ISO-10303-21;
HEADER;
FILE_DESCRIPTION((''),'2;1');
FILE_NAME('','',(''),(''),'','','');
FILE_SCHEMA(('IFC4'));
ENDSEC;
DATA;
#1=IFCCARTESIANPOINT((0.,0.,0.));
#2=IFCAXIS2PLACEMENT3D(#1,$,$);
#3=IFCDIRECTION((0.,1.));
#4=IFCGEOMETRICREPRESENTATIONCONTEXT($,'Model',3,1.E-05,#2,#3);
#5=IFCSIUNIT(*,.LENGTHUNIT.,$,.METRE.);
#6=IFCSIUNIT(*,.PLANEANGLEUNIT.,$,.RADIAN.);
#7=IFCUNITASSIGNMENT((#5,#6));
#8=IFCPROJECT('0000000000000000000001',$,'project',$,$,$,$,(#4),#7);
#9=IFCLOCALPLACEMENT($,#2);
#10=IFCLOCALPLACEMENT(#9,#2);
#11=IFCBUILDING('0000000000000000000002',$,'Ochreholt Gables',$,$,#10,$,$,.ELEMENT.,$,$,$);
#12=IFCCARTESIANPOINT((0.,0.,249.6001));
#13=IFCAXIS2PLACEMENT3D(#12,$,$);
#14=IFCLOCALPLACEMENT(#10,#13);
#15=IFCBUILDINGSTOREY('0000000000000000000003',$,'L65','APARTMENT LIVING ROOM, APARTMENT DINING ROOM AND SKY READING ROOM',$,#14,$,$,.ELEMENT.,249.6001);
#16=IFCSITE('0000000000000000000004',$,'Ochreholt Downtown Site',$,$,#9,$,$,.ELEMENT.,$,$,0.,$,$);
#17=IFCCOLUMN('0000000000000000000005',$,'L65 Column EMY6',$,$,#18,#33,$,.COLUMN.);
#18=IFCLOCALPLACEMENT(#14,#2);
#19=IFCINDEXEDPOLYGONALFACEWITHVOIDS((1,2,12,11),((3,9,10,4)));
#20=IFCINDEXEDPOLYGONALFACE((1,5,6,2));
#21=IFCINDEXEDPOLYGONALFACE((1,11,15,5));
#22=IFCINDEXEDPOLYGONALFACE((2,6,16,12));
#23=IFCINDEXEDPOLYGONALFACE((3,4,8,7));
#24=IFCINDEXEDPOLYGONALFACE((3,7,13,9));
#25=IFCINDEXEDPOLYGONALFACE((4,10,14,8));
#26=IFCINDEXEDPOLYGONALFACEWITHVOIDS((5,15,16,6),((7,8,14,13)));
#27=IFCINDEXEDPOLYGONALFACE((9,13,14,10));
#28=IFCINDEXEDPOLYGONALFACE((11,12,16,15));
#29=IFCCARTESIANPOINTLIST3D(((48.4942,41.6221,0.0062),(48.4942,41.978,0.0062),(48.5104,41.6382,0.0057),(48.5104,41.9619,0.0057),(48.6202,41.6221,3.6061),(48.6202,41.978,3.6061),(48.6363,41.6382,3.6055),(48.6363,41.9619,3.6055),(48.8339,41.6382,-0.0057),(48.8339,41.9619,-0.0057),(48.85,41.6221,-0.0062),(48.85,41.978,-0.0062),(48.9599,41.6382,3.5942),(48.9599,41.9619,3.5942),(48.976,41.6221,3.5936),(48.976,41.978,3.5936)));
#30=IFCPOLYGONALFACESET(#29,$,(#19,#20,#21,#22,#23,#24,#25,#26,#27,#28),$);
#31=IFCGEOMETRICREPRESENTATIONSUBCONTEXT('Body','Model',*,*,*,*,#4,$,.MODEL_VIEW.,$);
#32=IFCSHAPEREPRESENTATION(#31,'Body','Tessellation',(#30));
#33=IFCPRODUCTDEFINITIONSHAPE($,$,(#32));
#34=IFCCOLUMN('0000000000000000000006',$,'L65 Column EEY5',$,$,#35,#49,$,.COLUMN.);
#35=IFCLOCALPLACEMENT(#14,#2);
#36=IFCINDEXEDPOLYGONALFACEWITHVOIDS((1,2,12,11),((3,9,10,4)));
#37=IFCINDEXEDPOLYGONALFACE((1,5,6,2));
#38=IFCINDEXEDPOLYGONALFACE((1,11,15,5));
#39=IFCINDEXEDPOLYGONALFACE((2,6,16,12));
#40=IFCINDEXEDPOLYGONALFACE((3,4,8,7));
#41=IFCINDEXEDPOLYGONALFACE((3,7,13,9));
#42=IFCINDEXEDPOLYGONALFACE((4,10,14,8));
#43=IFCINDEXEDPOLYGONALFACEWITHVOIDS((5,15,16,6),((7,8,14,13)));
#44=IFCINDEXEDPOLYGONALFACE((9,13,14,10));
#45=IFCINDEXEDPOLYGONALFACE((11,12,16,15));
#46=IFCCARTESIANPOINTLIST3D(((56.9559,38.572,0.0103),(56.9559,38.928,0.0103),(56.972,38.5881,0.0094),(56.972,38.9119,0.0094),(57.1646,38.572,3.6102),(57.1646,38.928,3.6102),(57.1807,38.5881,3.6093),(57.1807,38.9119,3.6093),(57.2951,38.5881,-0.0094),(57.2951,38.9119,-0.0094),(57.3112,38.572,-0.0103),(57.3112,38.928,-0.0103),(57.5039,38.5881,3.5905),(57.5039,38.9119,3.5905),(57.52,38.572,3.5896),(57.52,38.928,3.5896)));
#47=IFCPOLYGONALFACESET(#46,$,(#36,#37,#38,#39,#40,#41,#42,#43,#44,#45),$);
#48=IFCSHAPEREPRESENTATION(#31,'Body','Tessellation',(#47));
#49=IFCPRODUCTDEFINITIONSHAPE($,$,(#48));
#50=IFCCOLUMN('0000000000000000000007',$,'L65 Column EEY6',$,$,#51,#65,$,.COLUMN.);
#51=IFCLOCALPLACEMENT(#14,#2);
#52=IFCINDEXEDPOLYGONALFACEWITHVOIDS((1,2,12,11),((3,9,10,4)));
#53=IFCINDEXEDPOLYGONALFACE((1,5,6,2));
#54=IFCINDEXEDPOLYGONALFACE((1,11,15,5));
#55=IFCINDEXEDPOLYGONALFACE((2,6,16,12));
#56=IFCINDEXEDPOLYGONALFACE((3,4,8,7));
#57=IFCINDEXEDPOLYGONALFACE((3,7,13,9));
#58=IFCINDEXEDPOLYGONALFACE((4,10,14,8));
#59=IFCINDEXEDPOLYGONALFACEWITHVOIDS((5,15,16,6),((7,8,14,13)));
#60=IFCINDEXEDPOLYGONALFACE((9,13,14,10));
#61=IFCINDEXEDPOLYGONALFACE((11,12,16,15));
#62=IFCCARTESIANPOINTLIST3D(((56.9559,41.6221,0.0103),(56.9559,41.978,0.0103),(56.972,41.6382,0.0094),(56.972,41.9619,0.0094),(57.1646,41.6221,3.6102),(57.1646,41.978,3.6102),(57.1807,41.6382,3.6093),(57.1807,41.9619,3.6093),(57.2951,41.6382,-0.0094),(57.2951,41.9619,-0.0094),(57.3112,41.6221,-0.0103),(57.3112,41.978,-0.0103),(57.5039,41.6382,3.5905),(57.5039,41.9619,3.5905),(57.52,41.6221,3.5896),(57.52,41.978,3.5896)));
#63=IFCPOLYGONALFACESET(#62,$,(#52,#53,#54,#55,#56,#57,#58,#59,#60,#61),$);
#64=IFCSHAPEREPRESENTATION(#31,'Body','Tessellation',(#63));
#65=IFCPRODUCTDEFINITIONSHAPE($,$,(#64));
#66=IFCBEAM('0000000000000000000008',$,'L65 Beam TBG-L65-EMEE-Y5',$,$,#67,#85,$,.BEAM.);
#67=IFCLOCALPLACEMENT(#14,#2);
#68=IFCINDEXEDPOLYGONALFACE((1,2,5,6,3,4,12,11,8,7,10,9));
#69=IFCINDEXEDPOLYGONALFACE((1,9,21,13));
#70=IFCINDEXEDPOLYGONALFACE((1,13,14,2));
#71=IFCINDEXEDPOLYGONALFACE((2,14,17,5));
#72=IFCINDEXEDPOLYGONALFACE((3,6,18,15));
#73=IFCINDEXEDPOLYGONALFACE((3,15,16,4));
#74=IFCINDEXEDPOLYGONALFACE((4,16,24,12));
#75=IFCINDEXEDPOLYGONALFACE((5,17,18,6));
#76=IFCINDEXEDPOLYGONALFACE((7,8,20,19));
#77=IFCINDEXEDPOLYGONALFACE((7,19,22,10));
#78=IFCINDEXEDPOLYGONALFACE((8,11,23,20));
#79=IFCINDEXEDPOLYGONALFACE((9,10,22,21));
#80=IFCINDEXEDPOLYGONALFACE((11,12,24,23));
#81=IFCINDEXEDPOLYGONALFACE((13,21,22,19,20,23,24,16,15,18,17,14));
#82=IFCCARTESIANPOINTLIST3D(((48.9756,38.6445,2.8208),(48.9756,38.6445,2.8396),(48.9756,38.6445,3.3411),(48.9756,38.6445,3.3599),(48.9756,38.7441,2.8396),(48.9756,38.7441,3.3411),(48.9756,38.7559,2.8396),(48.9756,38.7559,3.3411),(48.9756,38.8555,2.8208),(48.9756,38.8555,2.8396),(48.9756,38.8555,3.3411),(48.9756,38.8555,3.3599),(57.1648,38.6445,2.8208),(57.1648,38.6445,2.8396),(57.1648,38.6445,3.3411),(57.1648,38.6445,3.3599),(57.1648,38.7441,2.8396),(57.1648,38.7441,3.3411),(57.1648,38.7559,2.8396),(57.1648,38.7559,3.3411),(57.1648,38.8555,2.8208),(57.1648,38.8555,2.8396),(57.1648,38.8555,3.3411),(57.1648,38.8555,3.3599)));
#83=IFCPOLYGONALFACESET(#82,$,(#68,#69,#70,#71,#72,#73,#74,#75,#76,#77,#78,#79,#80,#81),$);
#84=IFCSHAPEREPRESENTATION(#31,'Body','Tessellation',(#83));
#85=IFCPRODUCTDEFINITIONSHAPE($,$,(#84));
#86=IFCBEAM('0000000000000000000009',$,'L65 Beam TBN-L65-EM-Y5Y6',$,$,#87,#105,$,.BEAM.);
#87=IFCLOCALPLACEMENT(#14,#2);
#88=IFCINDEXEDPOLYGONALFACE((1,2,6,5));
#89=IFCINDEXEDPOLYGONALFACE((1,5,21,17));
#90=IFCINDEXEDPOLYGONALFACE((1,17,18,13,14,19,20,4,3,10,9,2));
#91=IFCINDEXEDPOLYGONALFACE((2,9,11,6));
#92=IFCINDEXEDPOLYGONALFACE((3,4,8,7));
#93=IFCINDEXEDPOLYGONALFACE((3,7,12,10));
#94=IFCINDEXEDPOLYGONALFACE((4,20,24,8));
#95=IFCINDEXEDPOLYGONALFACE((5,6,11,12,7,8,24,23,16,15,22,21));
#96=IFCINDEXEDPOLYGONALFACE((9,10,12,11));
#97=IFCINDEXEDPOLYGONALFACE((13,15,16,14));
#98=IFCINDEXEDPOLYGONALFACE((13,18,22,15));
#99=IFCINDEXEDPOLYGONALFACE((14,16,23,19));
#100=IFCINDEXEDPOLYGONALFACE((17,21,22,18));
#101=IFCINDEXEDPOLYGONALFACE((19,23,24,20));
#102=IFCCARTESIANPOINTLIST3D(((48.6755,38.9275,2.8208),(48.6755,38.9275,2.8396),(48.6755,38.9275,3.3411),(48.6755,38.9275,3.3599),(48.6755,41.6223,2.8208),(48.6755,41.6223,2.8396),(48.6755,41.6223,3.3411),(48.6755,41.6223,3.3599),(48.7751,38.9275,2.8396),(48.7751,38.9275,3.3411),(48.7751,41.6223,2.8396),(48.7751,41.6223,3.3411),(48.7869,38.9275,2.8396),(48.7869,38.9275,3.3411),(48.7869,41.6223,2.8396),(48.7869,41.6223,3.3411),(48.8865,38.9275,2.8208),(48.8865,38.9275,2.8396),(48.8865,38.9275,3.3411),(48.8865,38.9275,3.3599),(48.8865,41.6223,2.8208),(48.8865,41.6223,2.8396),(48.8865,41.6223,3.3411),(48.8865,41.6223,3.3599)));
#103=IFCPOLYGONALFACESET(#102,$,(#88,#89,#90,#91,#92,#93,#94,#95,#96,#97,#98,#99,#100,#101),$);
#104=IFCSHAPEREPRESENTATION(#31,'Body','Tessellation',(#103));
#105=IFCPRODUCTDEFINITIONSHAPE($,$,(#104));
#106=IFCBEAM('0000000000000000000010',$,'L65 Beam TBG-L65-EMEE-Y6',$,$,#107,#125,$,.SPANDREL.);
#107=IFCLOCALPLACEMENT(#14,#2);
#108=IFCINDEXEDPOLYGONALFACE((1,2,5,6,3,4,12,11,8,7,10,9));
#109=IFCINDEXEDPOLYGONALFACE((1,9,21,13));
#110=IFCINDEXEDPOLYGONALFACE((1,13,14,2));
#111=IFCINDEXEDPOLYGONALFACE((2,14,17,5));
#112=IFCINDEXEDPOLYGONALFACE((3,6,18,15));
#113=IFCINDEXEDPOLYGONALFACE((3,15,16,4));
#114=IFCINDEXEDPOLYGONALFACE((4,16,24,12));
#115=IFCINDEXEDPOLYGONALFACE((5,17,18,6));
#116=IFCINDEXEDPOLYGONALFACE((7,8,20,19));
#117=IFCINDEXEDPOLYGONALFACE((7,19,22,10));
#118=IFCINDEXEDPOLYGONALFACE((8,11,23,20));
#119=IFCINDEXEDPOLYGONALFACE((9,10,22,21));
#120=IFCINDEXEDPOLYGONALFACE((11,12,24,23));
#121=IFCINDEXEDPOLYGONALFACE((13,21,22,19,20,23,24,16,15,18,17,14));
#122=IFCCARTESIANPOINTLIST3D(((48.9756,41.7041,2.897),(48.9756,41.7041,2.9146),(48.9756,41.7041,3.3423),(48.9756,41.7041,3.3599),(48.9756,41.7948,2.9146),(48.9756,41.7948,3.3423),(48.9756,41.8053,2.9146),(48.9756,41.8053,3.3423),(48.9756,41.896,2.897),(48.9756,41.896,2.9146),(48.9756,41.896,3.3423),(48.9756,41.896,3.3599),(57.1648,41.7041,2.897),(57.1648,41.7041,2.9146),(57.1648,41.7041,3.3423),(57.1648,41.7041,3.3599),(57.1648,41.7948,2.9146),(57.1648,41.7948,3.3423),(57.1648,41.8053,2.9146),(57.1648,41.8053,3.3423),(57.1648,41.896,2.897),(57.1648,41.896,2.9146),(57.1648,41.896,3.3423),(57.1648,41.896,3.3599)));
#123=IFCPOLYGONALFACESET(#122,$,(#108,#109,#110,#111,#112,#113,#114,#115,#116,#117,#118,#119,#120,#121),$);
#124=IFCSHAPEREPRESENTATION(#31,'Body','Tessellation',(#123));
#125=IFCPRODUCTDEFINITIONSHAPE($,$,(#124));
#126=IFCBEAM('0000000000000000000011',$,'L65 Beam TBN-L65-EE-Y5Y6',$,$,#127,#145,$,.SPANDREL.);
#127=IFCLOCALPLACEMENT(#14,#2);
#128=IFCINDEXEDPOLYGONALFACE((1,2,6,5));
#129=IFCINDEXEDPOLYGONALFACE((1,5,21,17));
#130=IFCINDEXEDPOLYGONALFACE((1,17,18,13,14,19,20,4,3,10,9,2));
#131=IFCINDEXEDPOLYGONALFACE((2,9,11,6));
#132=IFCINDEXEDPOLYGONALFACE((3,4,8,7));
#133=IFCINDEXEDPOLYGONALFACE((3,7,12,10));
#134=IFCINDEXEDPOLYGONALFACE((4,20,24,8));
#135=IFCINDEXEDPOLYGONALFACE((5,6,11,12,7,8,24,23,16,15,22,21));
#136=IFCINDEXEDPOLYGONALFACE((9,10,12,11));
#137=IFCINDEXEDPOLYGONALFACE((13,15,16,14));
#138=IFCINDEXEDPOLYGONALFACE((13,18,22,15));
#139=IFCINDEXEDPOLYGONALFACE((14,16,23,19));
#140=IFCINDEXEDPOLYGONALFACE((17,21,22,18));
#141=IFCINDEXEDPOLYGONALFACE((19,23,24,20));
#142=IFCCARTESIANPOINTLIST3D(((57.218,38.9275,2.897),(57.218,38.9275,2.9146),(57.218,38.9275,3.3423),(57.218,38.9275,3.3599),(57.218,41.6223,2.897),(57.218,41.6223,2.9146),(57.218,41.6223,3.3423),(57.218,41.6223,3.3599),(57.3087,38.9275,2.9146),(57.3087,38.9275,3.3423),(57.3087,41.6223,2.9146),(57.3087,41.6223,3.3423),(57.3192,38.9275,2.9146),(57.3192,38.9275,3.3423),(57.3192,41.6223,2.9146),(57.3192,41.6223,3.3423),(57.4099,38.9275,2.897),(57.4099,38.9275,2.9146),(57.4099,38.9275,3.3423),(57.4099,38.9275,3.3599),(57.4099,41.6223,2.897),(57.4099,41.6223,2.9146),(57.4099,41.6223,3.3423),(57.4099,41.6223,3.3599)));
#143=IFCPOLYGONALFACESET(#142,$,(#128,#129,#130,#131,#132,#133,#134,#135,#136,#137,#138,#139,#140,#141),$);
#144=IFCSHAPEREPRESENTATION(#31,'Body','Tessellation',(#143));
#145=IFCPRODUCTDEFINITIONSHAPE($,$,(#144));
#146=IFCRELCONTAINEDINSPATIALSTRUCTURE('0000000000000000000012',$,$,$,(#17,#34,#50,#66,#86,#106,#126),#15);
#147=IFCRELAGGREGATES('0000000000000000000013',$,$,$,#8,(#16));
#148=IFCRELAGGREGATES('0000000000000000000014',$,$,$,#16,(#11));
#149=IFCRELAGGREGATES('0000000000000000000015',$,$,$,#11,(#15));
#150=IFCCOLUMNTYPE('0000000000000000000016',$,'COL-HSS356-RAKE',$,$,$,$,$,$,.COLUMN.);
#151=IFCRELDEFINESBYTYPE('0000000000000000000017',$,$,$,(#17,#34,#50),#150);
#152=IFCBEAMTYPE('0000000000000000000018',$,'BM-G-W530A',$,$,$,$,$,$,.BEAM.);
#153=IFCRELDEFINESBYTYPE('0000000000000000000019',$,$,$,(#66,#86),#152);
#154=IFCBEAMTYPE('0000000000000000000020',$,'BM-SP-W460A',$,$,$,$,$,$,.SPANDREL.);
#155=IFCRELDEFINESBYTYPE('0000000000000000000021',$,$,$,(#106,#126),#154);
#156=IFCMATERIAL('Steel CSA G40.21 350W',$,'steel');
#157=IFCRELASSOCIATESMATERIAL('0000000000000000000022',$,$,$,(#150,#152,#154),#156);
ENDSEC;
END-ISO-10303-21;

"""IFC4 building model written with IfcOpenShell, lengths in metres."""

from ifc_helpers import new_model, si_unit, direction, frame, origin, origin_2d, place, context, subcontext, project, spatial, hollow_rectangle, i_section, extrude, material, material_profile, profile_set, type_object, element, save


model = new_model("IFC4")

# Units and contexts
model_context = context("Model", 3, precision=1e-05, world=origin(), true_north=direction((0.0, 1.0)))
body_context = subcontext(model_context, "Body", "Model", "MODEL_VIEW")
ifc_project = project(units=[si_unit("LENGTHUNIT", "METRE"), si_unit("PLANEANGLEUNIT", "RADIAN")], contexts=[model_context])

# Site, building, storey
site_placement = place(None, origin())
site = spatial("IfcSite", under=ifc_project, at=site_placement, Name="Ochreholt Downtown Site", CompositionType="ELEMENT", RefElevation=0.0)
building_placement = place(site_placement, origin())
building = spatial("IfcBuilding", under=site, at=building_placement, Name="Ochreholt Gables", CompositionType="ELEMENT")
storey_placement = place(building_placement, frame((0.0, 0.0, 249.6001)))
storey = spatial("IfcBuildingStorey", under=building, at=storey_placement, Name="L65", Description="APARTMENT LIVING ROOM, APARTMENT DINING ROOM AND SKY READING ROOM", CompositionType="ELEMENT", Elevation=249.6001)

# Columns
ifc_material_1 = material(Name="Steel CSA G40.21 350W", Category="steel")
ifc_material_profile_1 = material_profile(ifc_material_1, hollow_rectangle(XDim=0.356, YDim=0.356, WallThickness=0.0161, at=origin_2d()), Name="HSS356X356X16")
ifc_profile_set_1 = profile_set([ifc_material_profile_1], Name="Steel CSA G40.21 350W")
column_type = type_object("IfcColumnType", Name="COL-HSS356-RAKE", PredefinedType="COLUMN", material=ifc_profile_set_1)
column_placement = place(storey_placement, frame((48.6721, 41.8, 0.0), z_axis=(0.034974, 0.0, 0.999388), x_axis=(0.0, 1.0, 0.0)))
element("IfcColumn", 1, at=column_placement, inside=storey, type_object=column_type, Name="L65 Column EMY6", PredefinedType="COLUMN", context=body_context, shape_type="SweptSolid", body=[
    extrude(hollow_rectangle(XDim=0.356, YDim=0.356, WallThickness=0.0161, at=origin_2d()), origin(), (0.0, 0.0, 1.0), 3.6021),
])
for number, where, z_axis, x_axis, name in (
    (2, (57.1335, 38.75, 0.0), (0.057889, 0.0, 0.998323), (0.0, 1.0, 0.0), "L65 Column EEY5"),
    (3, (57.1335, 41.8, 0.0), (0.057889, 0.0, 0.998323), (0.0, 1.0, 0.0), "L65 Column EEY6"),
):
    element("IfcColumn", number, at=place(storey_placement, frame(where, z_axis=z_axis, x_axis=x_axis)), inside=storey, type_object=column_type, Name=name, PredefinedType="COLUMN", context=body_context, shape_type="SweptSolid", body=[
        extrude(hollow_rectangle(XDim=0.356, YDim=0.356, WallThickness=0.0161, at=origin_2d()), origin(), (0.0, 0.0, 1.0), 3.606),
    ])

# Beams
ifc_material_profile_2 = material_profile(ifc_material_1, i_section(OverallWidth=0.2109, OverallDepth=0.5391, WebThickness=0.0117, FlangeThickness=0.0188, at=origin_2d()), Name="W530X109")
ifc_profile_set_2 = profile_set([ifc_material_profile_2], Name="Steel CSA G40.21 350W")
beam_type_1 = type_object("IfcBeamType", Name="BM-G-W530A", PredefinedType="BEAM", material=ifc_profile_set_2)
beam_1_placement = place(storey_placement, frame((48.9756, 38.75, 3.0903), z_axis=(1.0, 0.0, 0.0), x_axis=(0.0, 1.0, 0.0)))
element("IfcBeam", 4, at=beam_1_placement, inside=storey, type_object=beam_type_1, Name="L65 Beam TBG-L65-EMEE-Y5", PredefinedType="BEAM", context=body_context, shape_type="SweptSolid", body=[
    extrude(i_section(OverallWidth=0.2109, OverallDepth=0.5391, WebThickness=0.0117, FlangeThickness=0.0188, at=origin_2d()), origin(), (0.0, 0.0, 1.0), 8.1892),
])
beam_2_placement = place(storey_placement, frame((48.781, 38.9275, 3.0903), z_axis=(0.0, 1.0, 0.0), x_axis=(-1.0, 0.0, 0.0)))
element("IfcBeam", 5, at=beam_2_placement, inside=storey, type_object=beam_type_1, Name="L65 Beam TBN-L65-EM-Y5Y6", PredefinedType="BEAM", context=body_context, shape_type="SweptSolid", body=[
    extrude(i_section(OverallWidth=0.2109, OverallDepth=0.5391, WebThickness=0.0117, FlangeThickness=0.0188, at=origin_2d()), origin(), (0.0, 0.0, 1.0), 2.6948),
])
ifc_material_profile_3 = material_profile(ifc_material_1, i_section(OverallWidth=0.1919, OverallDepth=0.4629, WebThickness=0.0105, FlangeThickness=0.0176, at=origin_2d()), Name="W460X89")
ifc_profile_set_3 = profile_set([ifc_material_profile_3], Name="Steel CSA G40.21 350W")
beam_type_2 = type_object("IfcBeamType", Name="BM-SP-W460A", PredefinedType="SPANDREL", material=ifc_profile_set_3)
beam_3_placement = place(storey_placement, frame((48.9756, 41.8, 3.1284), z_axis=(1.0, 0.0, 0.0), x_axis=(0.0, 1.0, 0.0)))
element("IfcBeam", 6, at=beam_3_placement, inside=storey, type_object=beam_type_2, Name="L65 Beam TBG-L65-EMEE-Y6", PredefinedType="SPANDREL", context=body_context, shape_type="SweptSolid", body=[
    extrude(i_section(OverallWidth=0.1919, OverallDepth=0.4629, WebThickness=0.0105, FlangeThickness=0.0176, at=origin_2d()), origin(), (0.0, 0.0, 1.0), 8.1892),
])
beam_4_placement = place(storey_placement, frame((57.314, 38.9275, 3.1284), z_axis=(0.0, 1.0, 0.0), x_axis=(-1.0, 0.0, 0.0)))
element("IfcBeam", 7, at=beam_4_placement, inside=storey, type_object=beam_type_2, Name="L65 Beam TBN-L65-EE-Y5Y6", PredefinedType="SPANDREL", context=body_context, shape_type="SweptSolid", body=[
    extrude(i_section(OverallWidth=0.1919, OverallDepth=0.4629, WebThickness=0.0105, FlangeThickness=0.0176, at=origin_2d()), origin(), (0.0, 0.0, 1.0), 2.6948),
])

save(model, "model.ifc")
